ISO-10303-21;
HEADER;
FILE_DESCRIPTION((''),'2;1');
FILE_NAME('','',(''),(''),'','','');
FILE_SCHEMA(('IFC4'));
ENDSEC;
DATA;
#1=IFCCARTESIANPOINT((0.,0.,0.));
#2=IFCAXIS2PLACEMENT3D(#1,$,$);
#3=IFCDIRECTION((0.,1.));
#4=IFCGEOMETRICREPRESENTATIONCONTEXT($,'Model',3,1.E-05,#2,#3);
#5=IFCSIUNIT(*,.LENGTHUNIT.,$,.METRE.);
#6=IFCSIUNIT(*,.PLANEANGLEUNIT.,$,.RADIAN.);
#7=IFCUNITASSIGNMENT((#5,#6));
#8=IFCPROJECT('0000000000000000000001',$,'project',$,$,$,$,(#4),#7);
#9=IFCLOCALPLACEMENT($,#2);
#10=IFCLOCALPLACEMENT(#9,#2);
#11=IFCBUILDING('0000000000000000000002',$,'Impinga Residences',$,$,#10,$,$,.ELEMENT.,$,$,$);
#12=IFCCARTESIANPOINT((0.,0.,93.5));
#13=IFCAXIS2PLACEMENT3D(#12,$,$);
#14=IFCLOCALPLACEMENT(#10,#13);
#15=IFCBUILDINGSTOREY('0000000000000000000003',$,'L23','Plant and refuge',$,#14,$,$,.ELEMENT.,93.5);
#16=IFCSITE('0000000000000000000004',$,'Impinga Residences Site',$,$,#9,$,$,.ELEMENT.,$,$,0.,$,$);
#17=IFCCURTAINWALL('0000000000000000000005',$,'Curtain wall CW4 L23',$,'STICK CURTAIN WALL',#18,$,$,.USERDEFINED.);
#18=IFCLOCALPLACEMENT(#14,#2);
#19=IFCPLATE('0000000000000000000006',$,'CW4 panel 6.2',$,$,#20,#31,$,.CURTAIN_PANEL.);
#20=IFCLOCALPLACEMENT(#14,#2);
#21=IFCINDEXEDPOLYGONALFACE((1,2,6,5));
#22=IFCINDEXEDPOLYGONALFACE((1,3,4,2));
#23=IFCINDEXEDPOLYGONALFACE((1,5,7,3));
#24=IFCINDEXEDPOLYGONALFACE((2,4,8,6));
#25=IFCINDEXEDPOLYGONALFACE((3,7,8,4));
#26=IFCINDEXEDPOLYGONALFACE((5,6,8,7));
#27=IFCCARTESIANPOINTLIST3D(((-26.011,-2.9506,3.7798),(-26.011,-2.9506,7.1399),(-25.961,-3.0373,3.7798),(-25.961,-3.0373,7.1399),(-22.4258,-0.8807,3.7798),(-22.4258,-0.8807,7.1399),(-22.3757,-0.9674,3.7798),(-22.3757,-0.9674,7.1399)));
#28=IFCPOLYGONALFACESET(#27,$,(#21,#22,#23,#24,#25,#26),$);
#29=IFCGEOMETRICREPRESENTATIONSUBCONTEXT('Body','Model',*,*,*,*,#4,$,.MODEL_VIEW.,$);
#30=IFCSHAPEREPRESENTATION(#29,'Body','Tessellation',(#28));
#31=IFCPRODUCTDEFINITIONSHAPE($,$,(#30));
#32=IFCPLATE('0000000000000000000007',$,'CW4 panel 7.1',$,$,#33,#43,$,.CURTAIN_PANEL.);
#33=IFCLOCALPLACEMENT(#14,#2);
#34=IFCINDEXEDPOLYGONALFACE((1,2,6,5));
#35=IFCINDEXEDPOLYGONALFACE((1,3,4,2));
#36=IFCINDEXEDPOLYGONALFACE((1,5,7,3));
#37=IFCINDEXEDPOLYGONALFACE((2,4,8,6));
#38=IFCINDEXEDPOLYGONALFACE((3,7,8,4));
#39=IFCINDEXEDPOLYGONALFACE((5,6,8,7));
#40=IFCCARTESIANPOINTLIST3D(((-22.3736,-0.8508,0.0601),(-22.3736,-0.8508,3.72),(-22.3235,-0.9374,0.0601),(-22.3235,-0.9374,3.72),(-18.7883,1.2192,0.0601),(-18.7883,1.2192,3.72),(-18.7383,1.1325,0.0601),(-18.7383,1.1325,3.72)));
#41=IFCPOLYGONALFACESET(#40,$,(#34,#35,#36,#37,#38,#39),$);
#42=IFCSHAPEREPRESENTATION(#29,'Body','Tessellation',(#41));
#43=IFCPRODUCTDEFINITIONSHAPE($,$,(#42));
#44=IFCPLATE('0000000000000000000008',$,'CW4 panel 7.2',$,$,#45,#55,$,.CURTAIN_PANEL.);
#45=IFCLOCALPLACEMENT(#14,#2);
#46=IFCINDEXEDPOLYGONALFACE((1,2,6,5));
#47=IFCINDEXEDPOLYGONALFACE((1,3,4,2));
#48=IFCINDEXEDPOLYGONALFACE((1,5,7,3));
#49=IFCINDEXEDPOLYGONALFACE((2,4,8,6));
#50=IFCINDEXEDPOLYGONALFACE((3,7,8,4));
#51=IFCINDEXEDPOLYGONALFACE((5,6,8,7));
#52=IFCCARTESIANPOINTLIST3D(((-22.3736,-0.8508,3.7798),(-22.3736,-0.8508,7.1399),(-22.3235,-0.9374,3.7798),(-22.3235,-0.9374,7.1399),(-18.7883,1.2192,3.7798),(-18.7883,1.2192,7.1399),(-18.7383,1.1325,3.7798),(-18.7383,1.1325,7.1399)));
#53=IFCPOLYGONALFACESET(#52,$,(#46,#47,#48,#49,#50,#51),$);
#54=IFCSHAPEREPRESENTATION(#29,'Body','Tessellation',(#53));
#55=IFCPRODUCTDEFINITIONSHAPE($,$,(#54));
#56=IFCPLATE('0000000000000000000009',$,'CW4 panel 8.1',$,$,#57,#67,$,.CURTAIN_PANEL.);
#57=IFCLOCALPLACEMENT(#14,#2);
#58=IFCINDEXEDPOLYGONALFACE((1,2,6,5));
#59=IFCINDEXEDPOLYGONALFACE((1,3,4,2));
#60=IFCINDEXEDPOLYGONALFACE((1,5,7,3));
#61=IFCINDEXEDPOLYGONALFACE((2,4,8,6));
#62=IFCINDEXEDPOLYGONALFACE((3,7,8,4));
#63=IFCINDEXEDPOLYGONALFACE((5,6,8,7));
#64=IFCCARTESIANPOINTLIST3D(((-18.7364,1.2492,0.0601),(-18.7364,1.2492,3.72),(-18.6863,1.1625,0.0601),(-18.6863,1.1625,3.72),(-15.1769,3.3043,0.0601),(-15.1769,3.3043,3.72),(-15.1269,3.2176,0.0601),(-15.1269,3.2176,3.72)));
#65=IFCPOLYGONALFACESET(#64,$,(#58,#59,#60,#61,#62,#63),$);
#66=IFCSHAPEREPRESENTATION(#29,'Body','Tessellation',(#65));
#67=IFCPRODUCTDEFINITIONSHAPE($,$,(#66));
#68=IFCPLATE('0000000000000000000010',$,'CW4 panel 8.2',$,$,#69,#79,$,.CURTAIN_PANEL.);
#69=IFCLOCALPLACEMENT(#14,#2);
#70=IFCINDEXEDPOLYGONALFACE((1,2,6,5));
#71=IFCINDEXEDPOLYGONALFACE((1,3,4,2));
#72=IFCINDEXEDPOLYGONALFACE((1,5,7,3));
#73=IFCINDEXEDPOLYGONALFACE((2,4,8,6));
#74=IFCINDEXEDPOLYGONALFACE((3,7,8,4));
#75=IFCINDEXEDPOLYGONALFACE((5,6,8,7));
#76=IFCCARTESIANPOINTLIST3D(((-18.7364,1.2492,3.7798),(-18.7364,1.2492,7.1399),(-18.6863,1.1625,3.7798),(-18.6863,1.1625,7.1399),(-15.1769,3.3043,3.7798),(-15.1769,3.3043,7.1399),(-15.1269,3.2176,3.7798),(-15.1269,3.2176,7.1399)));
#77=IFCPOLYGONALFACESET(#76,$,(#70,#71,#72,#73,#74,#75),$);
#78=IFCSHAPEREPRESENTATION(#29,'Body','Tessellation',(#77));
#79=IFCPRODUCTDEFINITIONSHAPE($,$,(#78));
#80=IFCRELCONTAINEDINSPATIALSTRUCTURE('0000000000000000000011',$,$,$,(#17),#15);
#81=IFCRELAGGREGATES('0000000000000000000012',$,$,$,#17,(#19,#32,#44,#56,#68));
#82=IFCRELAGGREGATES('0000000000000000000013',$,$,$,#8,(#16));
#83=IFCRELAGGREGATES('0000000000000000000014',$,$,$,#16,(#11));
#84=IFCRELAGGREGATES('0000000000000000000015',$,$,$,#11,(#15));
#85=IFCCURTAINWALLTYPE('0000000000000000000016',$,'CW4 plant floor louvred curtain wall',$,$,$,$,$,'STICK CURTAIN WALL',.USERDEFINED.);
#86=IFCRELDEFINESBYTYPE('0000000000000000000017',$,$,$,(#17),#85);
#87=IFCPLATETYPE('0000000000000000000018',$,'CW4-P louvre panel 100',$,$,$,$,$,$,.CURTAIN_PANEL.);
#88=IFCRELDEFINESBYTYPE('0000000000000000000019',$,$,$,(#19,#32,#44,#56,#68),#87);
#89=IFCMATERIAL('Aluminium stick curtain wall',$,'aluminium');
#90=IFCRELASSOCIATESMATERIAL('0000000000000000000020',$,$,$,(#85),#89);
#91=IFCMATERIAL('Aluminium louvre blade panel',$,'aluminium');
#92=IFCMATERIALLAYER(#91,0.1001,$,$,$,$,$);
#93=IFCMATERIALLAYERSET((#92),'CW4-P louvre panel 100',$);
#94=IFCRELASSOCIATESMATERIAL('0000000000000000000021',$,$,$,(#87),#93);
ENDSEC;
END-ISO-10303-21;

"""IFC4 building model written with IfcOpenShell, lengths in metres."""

from ifc_helpers import new_model, si_unit, direction, frame, origin, origin_2d, place, context, subcontext, project, spatial, rectangle, extrude, material, layer, layer_set, type_object, element, aggregate, save


model = new_model("IFC4")

# Units and contexts
model_context = context("Model", 3, precision=1e-05, world=origin(), true_north=direction((0.0, 1.0)))
body_context = subcontext(model_context, "Body", "Model", "MODEL_VIEW")
ifc_project = project(units=[si_unit("LENGTHUNIT", "METRE"), si_unit("PLANEANGLEUNIT", "RADIAN")], contexts=[model_context])

# Site, building, storey
site_placement = place(None, origin())
site = spatial("IfcSite", under=ifc_project, at=site_placement, Name="Impinga Residences Site", CompositionType="ELEMENT", RefElevation=0.0)
building_placement = place(site_placement, origin())
building = spatial("IfcBuilding", under=site, at=building_placement, Name="Impinga Residences", CompositionType="ELEMENT")
storey_placement = place(building_placement, frame((0.0, 0.0, 93.5)))
storey = spatial("IfcBuildingStorey", under=building, at=storey_placement, Name="L23", Description="Plant and refuge", CompositionType="ELEMENT", Elevation=93.5)

# Curtain wall, plates
ifc_material_1 = material(Name="Aluminium stick curtain wall", Category="aluminium")
curtain_wall_type = type_object("IfcCurtainWallType", Name="CW4 plant floor louvred curtain wall", ElementType="STICK CURTAIN WALL", PredefinedType="USERDEFINED", material=ifc_material_1)
curtain_wall_placement = place(storey_placement, origin())
curtain_wall = element("IfcCurtainWall", 1, at=curtain_wall_placement, inside=storey, type_object=curtain_wall_type, Name="Curtain wall CW4 L23", ObjectType="STICK CURTAIN WALL", PredefinedType="USERDEFINED")
ifc_material_2 = material(Name="Aluminium louvre blade panel", Category="aluminium")
ifc_layer = layer(ifc_material_2, 0.1001)
ifc_layer_set = layer_set([ifc_layer], Name="CW4-P louvre panel 100")
plate_type = type_object("IfcPlateType", Name="CW4-P louvre panel 100", PredefinedType="CURTAIN_PANEL", material=ifc_layer_set)
plate_1_placement = place(storey_placement, frame((-24.1934, -1.959, 3.7798), z_axis=(0.0, 0.0, 1.0), x_axis=(0.866025, 0.5, 0.0)))
plate_1 = element("IfcPlate", 2, at=plate_1_placement, type_object=plate_type, Name="CW4 panel 6.2", PredefinedType="CURTAIN_PANEL", context=body_context, shape_type="SweptSolid", body=[
    extrude(rectangle(XDim=4.1399, YDim=0.1001, at=origin_2d()), origin(), (0.0, 0.0, 1.0), 3.3601),
])
plate_2_placement = place(storey_placement, frame((-20.5559, 0.1409, 0.0601), z_axis=(0.0, 0.0, 1.0), x_axis=(0.866025, 0.5, 0.0)))
plate_2 = element("IfcPlate", 3, at=plate_2_placement, type_object=plate_type, Name="CW4 panel 7.1", PredefinedType="CURTAIN_PANEL", context=body_context, shape_type="SweptSolid", body=[
    extrude(rectangle(XDim=4.1399, YDim=0.1001, at=origin_2d()), origin(), (0.0, 0.0, 1.0), 3.6599),
])
plate_3_placement = place(storey_placement, frame((-20.5559, 0.1409, 3.7798), z_axis=(0.0, 0.0, 1.0), x_axis=(0.866025, 0.5, 0.0)))
plate_3 = element("IfcPlate", 4, at=plate_3_placement, type_object=plate_type, Name="CW4 panel 7.2", PredefinedType="CURTAIN_PANEL", context=body_context, shape_type="SweptSolid", body=[
    extrude(rectangle(XDim=4.1399, YDim=0.1001, at=origin_2d()), origin(), (0.0, 0.0, 1.0), 3.3601),
])
plate_4_placement = place(storey_placement, frame((-16.9316, 2.2334, 0.0601), z_axis=(0.0, 0.0, 1.0), x_axis=(0.866025, 0.5, 0.0)))
plate_4 = element("IfcPlate", 5, at=plate_4_placement, type_object=plate_type, Name="CW4 panel 8.1", PredefinedType="CURTAIN_PANEL", context=body_context, shape_type="SweptSolid", body=[
    extrude(rectangle(XDim=4.1101, YDim=0.1001, at=origin_2d()), origin(), (0.0, 0.0, 1.0), 3.6599),
])
plate_5_placement = place(storey_placement, frame((-16.9316, 2.2334, 3.7798), z_axis=(0.0, 0.0, 1.0), x_axis=(0.866025, 0.5, 0.0)))
plate_5 = element("IfcPlate", 6, at=plate_5_placement, type_object=plate_type, Name="CW4 panel 8.2", PredefinedType="CURTAIN_PANEL", context=body_context, shape_type="SweptSolid", body=[
    extrude(rectangle(XDim=4.1101, YDim=0.1001, at=origin_2d()), origin(), (0.0, 0.0, 1.0), 3.3601),
])
aggregate(curtain_wall, [plate_1, plate_2, plate_3, plate_4, plate_5])

save(model, "model.ifc")
